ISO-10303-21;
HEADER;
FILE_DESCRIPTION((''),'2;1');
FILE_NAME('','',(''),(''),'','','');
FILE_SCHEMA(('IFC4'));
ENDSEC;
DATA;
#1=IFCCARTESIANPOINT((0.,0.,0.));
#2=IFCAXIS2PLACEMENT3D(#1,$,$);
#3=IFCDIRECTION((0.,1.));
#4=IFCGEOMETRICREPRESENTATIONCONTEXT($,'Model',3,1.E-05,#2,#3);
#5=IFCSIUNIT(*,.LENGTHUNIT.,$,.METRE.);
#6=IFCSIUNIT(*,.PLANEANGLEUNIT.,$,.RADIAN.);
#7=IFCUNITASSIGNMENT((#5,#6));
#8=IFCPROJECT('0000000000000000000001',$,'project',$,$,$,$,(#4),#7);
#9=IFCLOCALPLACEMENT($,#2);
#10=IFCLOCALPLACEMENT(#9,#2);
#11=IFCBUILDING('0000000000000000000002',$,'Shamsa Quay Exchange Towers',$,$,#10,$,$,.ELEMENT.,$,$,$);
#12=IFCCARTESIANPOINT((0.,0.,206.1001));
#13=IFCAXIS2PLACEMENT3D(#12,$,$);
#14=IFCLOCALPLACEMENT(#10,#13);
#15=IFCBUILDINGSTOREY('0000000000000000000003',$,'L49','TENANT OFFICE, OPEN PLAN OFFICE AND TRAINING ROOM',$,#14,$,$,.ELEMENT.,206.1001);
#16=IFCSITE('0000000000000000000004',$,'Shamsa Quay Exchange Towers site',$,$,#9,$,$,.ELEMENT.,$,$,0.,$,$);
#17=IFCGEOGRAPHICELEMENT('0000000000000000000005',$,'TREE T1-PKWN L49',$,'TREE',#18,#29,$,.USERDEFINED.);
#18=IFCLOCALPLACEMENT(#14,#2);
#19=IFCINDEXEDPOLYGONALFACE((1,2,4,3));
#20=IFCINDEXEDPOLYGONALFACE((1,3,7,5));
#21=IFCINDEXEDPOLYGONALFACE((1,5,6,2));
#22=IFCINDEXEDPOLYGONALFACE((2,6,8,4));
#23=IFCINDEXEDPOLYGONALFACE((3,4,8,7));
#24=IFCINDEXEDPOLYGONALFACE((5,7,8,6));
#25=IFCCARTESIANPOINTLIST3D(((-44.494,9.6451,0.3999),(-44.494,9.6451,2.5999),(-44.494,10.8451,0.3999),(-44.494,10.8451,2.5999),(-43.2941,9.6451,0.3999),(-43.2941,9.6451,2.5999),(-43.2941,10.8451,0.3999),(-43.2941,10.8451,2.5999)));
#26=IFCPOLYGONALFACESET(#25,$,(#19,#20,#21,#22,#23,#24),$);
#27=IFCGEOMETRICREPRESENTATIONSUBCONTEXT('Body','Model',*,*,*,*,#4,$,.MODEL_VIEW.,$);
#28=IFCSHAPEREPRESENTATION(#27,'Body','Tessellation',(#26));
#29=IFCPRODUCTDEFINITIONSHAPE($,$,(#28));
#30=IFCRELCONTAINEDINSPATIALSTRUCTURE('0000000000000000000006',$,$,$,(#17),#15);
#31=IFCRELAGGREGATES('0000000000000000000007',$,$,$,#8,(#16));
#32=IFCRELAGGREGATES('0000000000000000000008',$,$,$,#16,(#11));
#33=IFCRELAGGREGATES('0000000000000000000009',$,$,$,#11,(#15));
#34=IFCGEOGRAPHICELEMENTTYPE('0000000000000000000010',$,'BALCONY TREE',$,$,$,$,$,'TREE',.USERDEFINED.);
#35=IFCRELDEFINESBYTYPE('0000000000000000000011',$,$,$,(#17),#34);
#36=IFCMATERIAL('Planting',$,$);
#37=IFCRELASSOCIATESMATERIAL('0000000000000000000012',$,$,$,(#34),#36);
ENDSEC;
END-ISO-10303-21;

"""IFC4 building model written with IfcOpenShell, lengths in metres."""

from ifc_helpers import new_model, si_unit, direction, frame, origin, origin_2d, place, context, subcontext, project, spatial, rectangle, extrude, material, type_object, element, save


model = new_model("IFC4")

# Units and contexts
model_context = context("Model", 3, precision=1e-05, world=origin(), true_north=direction((0.0, 1.0)))
body_context = subcontext(model_context, "Body", "Model", "MODEL_VIEW")
ifc_project = project(units=[si_unit("LENGTHUNIT", "METRE"), si_unit("PLANEANGLEUNIT", "RADIAN")], contexts=[model_context])

# Site, building, storey
site_placement = place(None, origin())
site = spatial("IfcSite", under=ifc_project, at=site_placement, Name="Shamsa Quay Exchange Towers site", CompositionType="ELEMENT", RefElevation=0.0)
building_placement = place(site_placement, origin())
building = spatial("IfcBuilding", under=site, at=building_placement, Name="Shamsa Quay Exchange Towers", CompositionType="ELEMENT")
storey_placement = place(building_placement, frame((0.0, 0.0, 206.1001)))
storey = spatial("IfcBuildingStorey", under=building, at=storey_placement, Name="L49", Description="TENANT OFFICE, OPEN PLAN OFFICE AND TRAINING ROOM", CompositionType="ELEMENT", Elevation=206.1001)

# Geographic element
ifc_material_1 = material(Name="Planting")
geographic_element_type = type_object("IfcGeographicElementType", Name="BALCONY TREE", ElementType="TREE", PredefinedType="USERDEFINED", material=ifc_material_1)
geographic_element_placement = place(storey_placement, frame((-43.894, 10.2451, 0.3999), z_axis=(0.0, 0.0, 1.0), x_axis=(-1.0, 0.0, 0.0)))
element("IfcGeographicElement", 1, at=geographic_element_placement, inside=storey, type_object=geographic_element_type, Name="TREE T1-PKWN L49", ObjectType="TREE", PredefinedType="USERDEFINED", context=body_context, shape_type="SweptSolid", body=[
    extrude(rectangle(XDim=1.2, YDim=1.2, at=origin_2d()), origin(), (0.0, 0.0, 1.0), 2.2),
])

save(model, "model.ifc")
